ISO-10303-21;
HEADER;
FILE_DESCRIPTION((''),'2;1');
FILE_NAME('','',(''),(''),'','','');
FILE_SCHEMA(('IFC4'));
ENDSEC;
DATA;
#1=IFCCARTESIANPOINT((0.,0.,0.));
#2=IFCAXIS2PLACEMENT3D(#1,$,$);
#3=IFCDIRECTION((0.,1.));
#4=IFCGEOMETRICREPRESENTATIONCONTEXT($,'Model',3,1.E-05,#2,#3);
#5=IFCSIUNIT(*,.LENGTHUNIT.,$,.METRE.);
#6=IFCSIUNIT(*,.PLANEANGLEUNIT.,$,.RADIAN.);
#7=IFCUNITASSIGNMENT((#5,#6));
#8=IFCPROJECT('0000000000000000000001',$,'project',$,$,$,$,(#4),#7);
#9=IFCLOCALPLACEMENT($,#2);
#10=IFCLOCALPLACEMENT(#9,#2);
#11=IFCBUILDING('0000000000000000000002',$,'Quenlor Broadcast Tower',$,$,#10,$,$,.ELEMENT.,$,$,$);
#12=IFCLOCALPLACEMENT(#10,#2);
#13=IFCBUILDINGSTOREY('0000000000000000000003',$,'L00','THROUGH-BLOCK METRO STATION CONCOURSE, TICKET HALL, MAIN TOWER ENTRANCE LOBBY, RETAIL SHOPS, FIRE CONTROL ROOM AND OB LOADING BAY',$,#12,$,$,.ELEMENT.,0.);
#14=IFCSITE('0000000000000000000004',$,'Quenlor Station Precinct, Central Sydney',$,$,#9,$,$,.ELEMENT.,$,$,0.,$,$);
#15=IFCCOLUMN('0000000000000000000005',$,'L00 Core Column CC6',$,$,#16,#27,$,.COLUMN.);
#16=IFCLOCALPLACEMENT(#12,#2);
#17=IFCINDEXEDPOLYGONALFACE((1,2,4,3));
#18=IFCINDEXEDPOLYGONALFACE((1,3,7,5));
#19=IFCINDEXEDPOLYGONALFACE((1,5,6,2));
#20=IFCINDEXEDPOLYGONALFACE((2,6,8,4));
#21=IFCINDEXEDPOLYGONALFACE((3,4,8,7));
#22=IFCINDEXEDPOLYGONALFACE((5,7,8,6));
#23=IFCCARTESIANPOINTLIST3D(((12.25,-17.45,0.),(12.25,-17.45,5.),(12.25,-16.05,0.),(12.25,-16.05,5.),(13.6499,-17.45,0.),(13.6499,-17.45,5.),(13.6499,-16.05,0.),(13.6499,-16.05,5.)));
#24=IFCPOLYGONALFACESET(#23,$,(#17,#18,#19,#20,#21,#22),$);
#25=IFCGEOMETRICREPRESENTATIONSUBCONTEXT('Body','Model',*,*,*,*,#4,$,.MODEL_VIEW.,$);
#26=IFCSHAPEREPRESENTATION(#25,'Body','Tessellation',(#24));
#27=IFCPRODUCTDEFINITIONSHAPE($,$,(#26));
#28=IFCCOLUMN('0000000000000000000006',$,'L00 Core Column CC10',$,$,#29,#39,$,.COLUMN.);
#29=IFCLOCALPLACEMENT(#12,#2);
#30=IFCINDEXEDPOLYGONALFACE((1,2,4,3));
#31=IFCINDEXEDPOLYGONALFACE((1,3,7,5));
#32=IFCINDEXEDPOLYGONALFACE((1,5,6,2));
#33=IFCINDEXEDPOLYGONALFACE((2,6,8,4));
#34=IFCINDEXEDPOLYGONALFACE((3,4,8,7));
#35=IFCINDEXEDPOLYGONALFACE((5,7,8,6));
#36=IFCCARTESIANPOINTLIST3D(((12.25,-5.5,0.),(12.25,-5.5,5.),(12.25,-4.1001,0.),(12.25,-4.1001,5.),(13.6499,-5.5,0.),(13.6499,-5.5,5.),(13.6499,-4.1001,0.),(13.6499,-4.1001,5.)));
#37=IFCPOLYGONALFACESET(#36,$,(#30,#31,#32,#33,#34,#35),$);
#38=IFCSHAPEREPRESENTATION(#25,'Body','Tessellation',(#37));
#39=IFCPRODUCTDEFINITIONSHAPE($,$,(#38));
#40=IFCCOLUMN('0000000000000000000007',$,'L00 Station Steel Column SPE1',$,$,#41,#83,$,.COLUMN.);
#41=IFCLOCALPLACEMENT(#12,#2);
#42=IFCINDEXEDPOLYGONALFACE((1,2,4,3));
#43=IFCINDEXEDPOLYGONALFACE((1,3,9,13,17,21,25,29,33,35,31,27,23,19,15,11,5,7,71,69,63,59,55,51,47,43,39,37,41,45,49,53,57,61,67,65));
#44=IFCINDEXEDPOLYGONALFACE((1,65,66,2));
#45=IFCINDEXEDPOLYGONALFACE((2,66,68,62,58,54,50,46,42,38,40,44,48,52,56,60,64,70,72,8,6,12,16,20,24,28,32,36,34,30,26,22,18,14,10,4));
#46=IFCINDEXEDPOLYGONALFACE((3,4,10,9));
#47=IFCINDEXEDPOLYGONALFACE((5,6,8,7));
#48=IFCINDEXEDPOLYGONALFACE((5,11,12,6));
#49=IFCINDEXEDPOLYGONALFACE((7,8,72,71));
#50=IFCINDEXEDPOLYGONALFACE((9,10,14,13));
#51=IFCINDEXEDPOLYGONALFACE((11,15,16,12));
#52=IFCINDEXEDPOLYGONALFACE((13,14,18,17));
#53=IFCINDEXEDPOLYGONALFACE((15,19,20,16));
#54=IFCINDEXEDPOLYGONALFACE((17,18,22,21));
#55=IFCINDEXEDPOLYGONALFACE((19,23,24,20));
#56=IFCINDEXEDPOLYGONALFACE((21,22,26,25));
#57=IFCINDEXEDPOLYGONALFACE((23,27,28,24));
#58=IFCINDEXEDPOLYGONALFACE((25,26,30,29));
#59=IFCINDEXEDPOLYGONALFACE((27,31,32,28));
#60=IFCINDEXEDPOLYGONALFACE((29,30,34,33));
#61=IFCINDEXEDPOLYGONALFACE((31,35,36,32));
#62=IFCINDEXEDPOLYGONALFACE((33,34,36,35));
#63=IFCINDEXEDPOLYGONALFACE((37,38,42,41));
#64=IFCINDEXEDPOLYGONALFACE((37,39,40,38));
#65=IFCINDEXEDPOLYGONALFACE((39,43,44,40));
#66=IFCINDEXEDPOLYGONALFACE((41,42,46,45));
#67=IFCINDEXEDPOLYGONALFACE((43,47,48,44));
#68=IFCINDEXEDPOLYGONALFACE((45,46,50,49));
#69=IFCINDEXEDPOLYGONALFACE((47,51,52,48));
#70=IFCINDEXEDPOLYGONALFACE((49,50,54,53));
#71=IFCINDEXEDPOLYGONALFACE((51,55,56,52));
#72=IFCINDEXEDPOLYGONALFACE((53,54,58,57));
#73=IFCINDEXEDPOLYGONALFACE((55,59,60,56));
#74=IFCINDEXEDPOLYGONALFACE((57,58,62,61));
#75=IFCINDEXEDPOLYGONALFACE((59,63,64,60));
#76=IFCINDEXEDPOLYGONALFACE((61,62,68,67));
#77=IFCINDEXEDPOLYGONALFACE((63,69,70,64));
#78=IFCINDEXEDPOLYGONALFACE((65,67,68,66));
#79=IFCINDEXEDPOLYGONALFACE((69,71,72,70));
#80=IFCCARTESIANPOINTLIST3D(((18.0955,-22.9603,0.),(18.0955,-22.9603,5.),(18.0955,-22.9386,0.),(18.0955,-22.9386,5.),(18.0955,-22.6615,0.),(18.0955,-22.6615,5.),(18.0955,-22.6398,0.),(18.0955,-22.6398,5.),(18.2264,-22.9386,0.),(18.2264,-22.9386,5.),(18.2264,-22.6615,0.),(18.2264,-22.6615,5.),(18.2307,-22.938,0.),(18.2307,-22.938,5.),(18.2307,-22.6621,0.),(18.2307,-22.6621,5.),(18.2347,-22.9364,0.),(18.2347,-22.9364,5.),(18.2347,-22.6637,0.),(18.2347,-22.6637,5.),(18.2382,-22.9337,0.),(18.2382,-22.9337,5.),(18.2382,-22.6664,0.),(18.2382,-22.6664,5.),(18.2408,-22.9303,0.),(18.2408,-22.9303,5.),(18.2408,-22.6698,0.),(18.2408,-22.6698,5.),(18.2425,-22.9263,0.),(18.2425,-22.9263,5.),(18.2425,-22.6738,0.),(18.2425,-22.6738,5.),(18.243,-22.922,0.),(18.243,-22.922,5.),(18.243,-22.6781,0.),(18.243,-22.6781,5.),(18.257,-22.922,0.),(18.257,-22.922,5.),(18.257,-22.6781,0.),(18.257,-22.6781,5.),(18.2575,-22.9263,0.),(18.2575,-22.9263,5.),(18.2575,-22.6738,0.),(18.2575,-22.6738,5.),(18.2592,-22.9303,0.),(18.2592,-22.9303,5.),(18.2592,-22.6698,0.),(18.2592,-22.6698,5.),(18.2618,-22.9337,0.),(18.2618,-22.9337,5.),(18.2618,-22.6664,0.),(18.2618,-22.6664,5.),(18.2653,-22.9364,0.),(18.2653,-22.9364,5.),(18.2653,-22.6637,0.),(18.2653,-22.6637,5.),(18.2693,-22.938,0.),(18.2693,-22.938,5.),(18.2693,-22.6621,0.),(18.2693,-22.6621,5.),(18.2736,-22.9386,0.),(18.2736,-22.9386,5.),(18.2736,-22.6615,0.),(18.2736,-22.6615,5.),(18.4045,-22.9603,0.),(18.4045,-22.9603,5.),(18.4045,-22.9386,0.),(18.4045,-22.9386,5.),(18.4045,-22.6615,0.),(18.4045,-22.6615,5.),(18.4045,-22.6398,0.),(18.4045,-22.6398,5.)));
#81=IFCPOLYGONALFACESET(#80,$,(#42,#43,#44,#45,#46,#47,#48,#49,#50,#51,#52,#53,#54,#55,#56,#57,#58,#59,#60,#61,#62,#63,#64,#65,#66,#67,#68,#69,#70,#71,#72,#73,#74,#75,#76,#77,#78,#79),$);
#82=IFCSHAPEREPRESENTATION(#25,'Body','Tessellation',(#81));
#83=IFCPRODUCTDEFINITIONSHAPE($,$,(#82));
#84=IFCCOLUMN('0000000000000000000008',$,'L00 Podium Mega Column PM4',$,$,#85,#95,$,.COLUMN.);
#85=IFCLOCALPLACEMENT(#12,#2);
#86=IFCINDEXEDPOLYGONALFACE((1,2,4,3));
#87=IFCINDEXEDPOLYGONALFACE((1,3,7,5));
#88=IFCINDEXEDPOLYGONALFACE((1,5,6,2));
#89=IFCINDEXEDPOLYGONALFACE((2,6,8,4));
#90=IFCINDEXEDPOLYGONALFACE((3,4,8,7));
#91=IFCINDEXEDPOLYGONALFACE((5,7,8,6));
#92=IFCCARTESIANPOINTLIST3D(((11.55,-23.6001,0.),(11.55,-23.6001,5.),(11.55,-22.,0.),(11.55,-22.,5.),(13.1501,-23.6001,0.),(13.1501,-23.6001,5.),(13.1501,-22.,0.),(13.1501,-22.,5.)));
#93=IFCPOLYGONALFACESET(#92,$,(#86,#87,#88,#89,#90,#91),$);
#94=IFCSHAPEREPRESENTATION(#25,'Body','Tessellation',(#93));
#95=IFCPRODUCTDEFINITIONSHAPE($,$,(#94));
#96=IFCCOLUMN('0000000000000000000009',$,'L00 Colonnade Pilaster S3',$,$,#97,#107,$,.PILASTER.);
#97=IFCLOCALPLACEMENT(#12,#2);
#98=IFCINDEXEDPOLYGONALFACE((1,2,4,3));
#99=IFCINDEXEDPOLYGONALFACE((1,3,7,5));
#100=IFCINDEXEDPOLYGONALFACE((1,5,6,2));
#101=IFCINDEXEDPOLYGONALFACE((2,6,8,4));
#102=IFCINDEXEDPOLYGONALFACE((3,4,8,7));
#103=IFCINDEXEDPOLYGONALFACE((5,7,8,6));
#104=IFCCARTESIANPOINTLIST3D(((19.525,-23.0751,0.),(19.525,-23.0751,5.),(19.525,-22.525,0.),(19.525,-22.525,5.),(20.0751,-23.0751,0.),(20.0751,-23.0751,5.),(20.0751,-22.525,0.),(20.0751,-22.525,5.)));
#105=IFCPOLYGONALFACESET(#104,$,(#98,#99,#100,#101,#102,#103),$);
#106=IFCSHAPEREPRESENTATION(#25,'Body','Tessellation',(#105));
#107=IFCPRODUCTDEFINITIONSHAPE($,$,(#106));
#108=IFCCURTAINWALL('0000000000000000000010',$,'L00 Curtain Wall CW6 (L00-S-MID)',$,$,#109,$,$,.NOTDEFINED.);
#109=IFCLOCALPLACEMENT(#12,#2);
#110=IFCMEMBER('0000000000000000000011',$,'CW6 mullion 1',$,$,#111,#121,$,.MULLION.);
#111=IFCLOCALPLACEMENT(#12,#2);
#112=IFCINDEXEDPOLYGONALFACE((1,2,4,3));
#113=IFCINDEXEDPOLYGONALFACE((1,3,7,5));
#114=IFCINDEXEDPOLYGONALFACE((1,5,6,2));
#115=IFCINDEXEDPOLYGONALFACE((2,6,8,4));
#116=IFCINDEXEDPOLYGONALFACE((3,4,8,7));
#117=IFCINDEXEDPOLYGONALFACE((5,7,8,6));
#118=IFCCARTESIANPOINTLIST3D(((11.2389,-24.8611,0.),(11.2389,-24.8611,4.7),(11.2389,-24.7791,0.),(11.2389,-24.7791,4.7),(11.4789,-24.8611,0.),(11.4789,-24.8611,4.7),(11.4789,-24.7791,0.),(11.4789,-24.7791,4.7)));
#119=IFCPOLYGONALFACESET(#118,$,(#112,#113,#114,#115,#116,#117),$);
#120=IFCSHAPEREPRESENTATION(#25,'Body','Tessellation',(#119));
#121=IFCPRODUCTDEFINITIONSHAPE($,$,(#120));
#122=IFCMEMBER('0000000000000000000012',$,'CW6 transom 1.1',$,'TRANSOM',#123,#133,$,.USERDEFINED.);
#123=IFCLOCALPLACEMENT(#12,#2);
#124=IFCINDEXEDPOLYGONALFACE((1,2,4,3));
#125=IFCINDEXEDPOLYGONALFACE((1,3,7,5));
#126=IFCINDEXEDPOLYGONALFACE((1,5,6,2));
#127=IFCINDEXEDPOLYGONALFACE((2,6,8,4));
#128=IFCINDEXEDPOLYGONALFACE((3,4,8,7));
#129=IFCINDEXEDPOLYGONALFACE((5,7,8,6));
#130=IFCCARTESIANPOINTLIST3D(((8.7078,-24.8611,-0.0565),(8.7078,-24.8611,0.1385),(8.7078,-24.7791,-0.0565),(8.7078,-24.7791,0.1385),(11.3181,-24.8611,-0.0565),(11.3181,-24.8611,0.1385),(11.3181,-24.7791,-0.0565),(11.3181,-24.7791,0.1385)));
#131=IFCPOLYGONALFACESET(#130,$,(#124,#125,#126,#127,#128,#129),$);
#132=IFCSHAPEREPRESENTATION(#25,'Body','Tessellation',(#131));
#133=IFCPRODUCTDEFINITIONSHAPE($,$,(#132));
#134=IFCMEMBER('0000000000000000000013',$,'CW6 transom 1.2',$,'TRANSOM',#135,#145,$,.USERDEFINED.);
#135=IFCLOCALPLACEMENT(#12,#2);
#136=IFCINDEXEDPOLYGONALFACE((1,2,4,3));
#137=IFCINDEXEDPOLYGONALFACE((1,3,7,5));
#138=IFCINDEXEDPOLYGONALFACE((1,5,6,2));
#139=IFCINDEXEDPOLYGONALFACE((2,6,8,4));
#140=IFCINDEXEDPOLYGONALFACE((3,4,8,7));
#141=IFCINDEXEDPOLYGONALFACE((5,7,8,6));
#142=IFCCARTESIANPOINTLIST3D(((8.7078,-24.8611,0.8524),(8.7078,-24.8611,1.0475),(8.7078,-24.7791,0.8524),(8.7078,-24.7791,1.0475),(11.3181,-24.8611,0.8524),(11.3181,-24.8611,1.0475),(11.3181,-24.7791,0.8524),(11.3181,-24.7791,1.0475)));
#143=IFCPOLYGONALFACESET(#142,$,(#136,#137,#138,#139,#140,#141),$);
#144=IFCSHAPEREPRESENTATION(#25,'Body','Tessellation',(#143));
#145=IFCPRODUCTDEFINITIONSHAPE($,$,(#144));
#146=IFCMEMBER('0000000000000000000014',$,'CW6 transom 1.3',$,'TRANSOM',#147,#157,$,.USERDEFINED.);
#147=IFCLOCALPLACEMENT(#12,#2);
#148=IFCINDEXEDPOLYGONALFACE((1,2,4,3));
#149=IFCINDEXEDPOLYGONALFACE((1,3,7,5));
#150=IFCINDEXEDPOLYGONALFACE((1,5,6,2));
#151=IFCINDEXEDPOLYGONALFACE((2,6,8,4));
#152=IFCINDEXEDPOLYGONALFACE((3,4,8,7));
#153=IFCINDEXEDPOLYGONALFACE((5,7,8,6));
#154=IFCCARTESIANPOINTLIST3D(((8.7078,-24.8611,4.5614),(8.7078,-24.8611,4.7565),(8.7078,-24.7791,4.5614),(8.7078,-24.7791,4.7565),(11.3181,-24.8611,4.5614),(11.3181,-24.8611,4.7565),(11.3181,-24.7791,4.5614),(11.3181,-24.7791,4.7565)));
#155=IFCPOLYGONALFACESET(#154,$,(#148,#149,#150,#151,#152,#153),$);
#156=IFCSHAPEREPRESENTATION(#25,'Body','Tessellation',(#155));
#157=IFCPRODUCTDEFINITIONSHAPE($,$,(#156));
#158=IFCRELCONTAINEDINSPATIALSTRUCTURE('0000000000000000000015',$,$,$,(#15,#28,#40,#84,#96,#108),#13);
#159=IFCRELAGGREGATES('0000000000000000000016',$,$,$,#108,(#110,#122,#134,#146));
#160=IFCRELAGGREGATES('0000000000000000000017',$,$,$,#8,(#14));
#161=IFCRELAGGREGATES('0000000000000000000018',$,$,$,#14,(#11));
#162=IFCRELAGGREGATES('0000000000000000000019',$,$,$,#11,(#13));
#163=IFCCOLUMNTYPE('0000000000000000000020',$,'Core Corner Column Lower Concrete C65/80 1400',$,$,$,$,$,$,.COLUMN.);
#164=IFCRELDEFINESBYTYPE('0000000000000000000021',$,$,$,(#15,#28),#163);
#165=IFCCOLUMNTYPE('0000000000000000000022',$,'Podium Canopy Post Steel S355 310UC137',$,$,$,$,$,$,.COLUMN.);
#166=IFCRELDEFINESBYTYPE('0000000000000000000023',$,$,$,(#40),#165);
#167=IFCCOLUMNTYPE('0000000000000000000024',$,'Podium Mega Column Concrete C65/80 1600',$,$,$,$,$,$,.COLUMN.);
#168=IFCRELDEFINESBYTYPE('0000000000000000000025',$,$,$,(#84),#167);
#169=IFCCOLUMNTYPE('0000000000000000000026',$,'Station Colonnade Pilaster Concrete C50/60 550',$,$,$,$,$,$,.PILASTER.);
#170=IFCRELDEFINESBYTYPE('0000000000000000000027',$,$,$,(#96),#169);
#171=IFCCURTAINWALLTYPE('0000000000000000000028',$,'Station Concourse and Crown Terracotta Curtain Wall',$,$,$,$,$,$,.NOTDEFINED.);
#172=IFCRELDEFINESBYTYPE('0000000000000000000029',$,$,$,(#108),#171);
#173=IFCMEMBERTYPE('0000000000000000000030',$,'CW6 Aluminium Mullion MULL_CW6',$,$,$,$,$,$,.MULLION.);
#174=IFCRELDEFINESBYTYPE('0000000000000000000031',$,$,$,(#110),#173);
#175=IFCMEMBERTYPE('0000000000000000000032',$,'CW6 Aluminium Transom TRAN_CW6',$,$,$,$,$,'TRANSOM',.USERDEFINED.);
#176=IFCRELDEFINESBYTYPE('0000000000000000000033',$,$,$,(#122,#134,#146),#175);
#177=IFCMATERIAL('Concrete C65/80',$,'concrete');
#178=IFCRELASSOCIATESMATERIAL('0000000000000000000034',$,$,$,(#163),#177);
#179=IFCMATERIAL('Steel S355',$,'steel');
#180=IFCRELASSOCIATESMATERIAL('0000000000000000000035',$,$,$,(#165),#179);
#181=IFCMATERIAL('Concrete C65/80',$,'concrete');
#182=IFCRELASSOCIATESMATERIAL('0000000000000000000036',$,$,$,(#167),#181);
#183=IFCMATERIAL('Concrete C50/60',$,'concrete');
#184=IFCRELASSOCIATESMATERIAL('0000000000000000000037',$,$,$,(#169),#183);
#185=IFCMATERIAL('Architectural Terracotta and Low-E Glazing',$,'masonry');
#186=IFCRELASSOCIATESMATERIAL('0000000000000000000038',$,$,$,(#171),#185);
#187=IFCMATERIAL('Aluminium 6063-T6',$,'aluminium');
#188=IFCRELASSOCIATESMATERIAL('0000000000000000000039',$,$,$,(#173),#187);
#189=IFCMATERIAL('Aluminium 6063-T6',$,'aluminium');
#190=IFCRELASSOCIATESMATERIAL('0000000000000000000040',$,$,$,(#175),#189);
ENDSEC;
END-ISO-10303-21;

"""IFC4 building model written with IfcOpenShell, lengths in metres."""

from ifc_helpers import new_model, si_unit, direction, frame, origin, origin_2d, place, context, subcontext, project, spatial, rectangle, i_section, extrude, material, material_profile, profile_set, type_object, element, aggregate, save


model = new_model("IFC4")

# Units and contexts
model_context = context("Model", 3, precision=1e-05, world=origin(), true_north=direction((0.0, 1.0)))
body_context = subcontext(model_context, "Body", "Model", "MODEL_VIEW")
ifc_project = project(units=[si_unit("LENGTHUNIT", "METRE"), si_unit("PLANEANGLEUNIT", "RADIAN")], contexts=[model_context])

# Site, building, storey
site_placement = place(None, origin())
site = spatial("IfcSite", under=ifc_project, at=site_placement, Name="Quenlor Station Precinct, Central Sydney", CompositionType="ELEMENT", RefElevation=0.0)
building_placement = place(site_placement, origin())
building = spatial("IfcBuilding", under=site, at=building_placement, Name="Quenlor Broadcast Tower", CompositionType="ELEMENT")
storey_placement = place(building_placement, origin())
storey = spatial("IfcBuildingStorey", under=building, at=storey_placement, Name="L00", Description="THROUGH-BLOCK METRO STATION CONCOURSE, TICKET HALL, MAIN TOWER ENTRANCE LOBBY, RETAIL SHOPS, FIRE CONTROL ROOM AND OB LOADING BAY", CompositionType="ELEMENT", Elevation=0.0)

# Columns
ifc_material_1 = material(Name="Concrete C65/80", Category="concrete")
ifc_material_profile_1 = material_profile(ifc_material_1, rectangle(XDim=1.3999, YDim=1.3999, at=origin_2d()))
ifc_profile_set_1 = profile_set([ifc_material_profile_1], Name="Concrete C65/80 RC1400x1400")
column_type_1 = type_object("IfcColumnType", Name="Core Corner Column Lower Concrete C65/80 1400", PredefinedType="COLUMN", material=ifc_profile_set_1)
for number, where, z_axis, x_axis, name in (
    (1, (12.95, -16.75, 0.0), (0.0, 0.0, 1.0), (1.0, 0.0, 0.0), "L00 Core Column CC6"),
    (2, (12.95, -4.8, 0.0), (0.0, 0.0, 1.0), (1.0, 0.0, 0.0), "L00 Core Column CC10"),
):
    element("IfcColumn", number, at=place(storey_placement, frame(where, z_axis=z_axis, x_axis=x_axis)), inside=storey, type_object=column_type_1, Name=name, PredefinedType="COLUMN", context=body_context, shape_type="SweptSolid", body=[
        extrude(rectangle(XDim=1.3999, YDim=1.3999, at=origin_2d()), origin(), (0.0, 0.0, 1.0), 5.0),
    ])
ifc_material_2 = material(Name="Steel S355", Category="steel")
ifc_material_profile_2 = material_profile(ifc_material_2, i_section(OverallWidth=0.3091, OverallDepth=0.3206, WebThickness=0.0139, FlangeThickness=0.0217, FilletRadius=0.0166, at=origin_2d()))
ifc_profile_set_2 = profile_set([ifc_material_profile_2], Name="Steel S355 310UC137")
column_type_2 = type_object("IfcColumnType", Name="Podium Canopy Post Steel S355 310UC137", PredefinedType="COLUMN", material=ifc_profile_set_2)
column_1_placement = place(storey_placement, frame((18.25, -22.8, 0.0), z_axis=(0.0, 0.0, 1.0), x_axis=(1.0, 0.0, 0.0)))
element("IfcColumn", 3, at=column_1_placement, inside=storey, type_object=column_type_2, Name="L00 Station Steel Column SPE1", PredefinedType="COLUMN", context=body_context, shape_type="SweptSolid", body=[
    extrude(i_section(OverallWidth=0.3091, OverallDepth=0.3206, WebThickness=0.0139, FlangeThickness=0.0217, FilletRadius=0.0166, at=origin_2d()), origin(), (0.0, 0.0, 1.0), 5.0),
])
ifc_material_3 = material(Name="Concrete C65/80", Category="concrete")
ifc_material_profile_3 = material_profile(ifc_material_3, rectangle(XDim=1.6001, YDim=1.6001, at=origin_2d()))
ifc_profile_set_3 = profile_set([ifc_material_profile_3], Name="Concrete C65/80 RC1600x1600")
column_type_3 = type_object("IfcColumnType", Name="Podium Mega Column Concrete C65/80 1600", PredefinedType="COLUMN", material=ifc_profile_set_3)
column_2_placement = place(storey_placement, frame((12.3501, -22.8, 0.0), z_axis=(0.0, 0.0, 1.0), x_axis=(1.0, 0.0, 0.0)))
element("IfcColumn", 4, at=column_2_placement, inside=storey, type_object=column_type_3, Name="L00 Podium Mega Column PM4", PredefinedType="COLUMN", context=body_context, shape_type="SweptSolid", body=[
    extrude(rectangle(XDim=1.6001, YDim=1.6001, at=origin_2d()), origin(), (0.0, 0.0, 1.0), 5.0),
])
ifc_material_4 = material(Name="Concrete C50/60", Category="concrete")
ifc_material_profile_4 = material_profile(ifc_material_4, rectangle(XDim=0.55, YDim=0.55, at=origin_2d()))
ifc_profile_set_4 = profile_set([ifc_material_profile_4], Name="Concrete C50/60 PIL550x550")
column_type_4 = type_object("IfcColumnType", Name="Station Colonnade Pilaster Concrete C50/60 550", PredefinedType="PILASTER", material=ifc_profile_set_4)
column_3_placement = place(storey_placement, frame((19.8, -22.8, 0.0), z_axis=(0.0, 0.0, 1.0), x_axis=(1.0, 0.0, 0.0)))
element("IfcColumn", 5, at=column_3_placement, inside=storey, type_object=column_type_4, Name="L00 Colonnade Pilaster S3", PredefinedType="PILASTER", context=body_context, shape_type="SweptSolid", body=[
    extrude(rectangle(XDim=0.55, YDim=0.55, at=origin_2d()), origin(), (0.0, 0.0, 1.0), 5.0),
])

# Curtain wall, members
ifc_material_5 = material(Name="Architectural Terracotta and Low-E Glazing", Category="masonry")
curtain_wall_type = type_object("IfcCurtainWallType", Name="Station Concourse and Crown Terracotta Curtain Wall", PredefinedType="NOTDEFINED", material=ifc_material_5)
curtain_wall_placement = place(storey_placement, origin())
curtain_wall = element("IfcCurtainWall", 6, at=curtain_wall_placement, inside=storey, type_object=curtain_wall_type, Name="L00 Curtain Wall CW6 (L00-S-MID)", PredefinedType="NOTDEFINED")
ifc_material_6 = material(Name="Aluminium 6063-T6", Category="aluminium")
ifc_material_profile_5 = material_profile(ifc_material_6, rectangle(XDim=0.082, YDim=0.24, at=origin_2d()))
ifc_profile_set_5 = profile_set([ifc_material_profile_5], Name="Aluminium 6063-T6 MULL82x240")
member_type_1 = type_object("IfcMemberType", Name="CW6 Aluminium Mullion MULL_CW6", PredefinedType="MULLION", material=ifc_profile_set_5)
member_1_placement = place(storey_placement, frame((11.3589, -24.8201, 0.0), z_axis=(0.0, 0.0, 1.0), x_axis=(0.0, -1.0, 0.0)))
member_1 = element("IfcMember", 7, at=member_1_placement, type_object=member_type_1, Name="CW6 mullion 1", PredefinedType="MULLION", context=body_context, shape_type="SweptSolid", body=[
    extrude(rectangle(XDim=0.082, YDim=0.24, at=origin_2d()), origin(), (0.0, 0.0, 1.0), 4.7),
])
ifc_material_7 = material(Name="Aluminium 6063-T6", Category="aluminium")
ifc_material_profile_6 = material_profile(ifc_material_7, rectangle(XDim=0.082, YDim=0.1951, at=origin_2d()))
ifc_profile_set_6 = profile_set([ifc_material_profile_6], Name="Aluminium 6063-T6 TRAN82x195")
member_type_2 = type_object("IfcMemberType", Name="CW6 Aluminium Transom TRAN_CW6", ElementType="TRANSOM", PredefinedType="USERDEFINED", material=ifc_profile_set_6)
member_2_placement = place(storey_placement, frame((11.3181, -24.8201, 0.041), z_axis=(-1.0, 0.0, 0.0), x_axis=(0.0, -1.0, 0.0)))
member_2 = element("IfcMember", 8, at=member_2_placement, type_object=member_type_2, Name="CW6 transom 1.1", ObjectType="TRANSOM", PredefinedType="USERDEFINED", context=body_context, shape_type="SweptSolid", body=[
    extrude(rectangle(XDim=0.082, YDim=0.1951, at=origin_2d()), origin(), (0.0, 0.0, 1.0), 2.6104),
])
member_3_placement = place(storey_placement, frame((11.3181, -24.8201, 0.95), z_axis=(-1.0, 0.0, 0.0), x_axis=(0.0, -1.0, 0.0)))
member_3 = element("IfcMember", 9, at=member_3_placement, type_object=member_type_2, Name="CW6 transom 1.2", ObjectType="TRANSOM", PredefinedType="USERDEFINED", context=body_context, shape_type="SweptSolid", body=[
    extrude(rectangle(XDim=0.082, YDim=0.1951, at=origin_2d()), origin(), (0.0, 0.0, 1.0), 2.6104),
])
member_4_placement = place(storey_placement, frame((11.3181, -24.8201, 4.6589), z_axis=(-1.0, 0.0, 0.0), x_axis=(0.0, -1.0, 0.0)))
member_4 = element("IfcMember", 10, at=member_4_placement, type_object=member_type_2, Name="CW6 transom 1.3", ObjectType="TRANSOM", PredefinedType="USERDEFINED", context=body_context, shape_type="SweptSolid", body=[
    extrude(rectangle(XDim=0.082, YDim=0.1951, at=origin_2d()), origin(), (0.0, 0.0, 1.0), 2.6104),
])
aggregate(curtain_wall, [member_1, member_2, member_3, member_4])

save(model, "model.ifc")
